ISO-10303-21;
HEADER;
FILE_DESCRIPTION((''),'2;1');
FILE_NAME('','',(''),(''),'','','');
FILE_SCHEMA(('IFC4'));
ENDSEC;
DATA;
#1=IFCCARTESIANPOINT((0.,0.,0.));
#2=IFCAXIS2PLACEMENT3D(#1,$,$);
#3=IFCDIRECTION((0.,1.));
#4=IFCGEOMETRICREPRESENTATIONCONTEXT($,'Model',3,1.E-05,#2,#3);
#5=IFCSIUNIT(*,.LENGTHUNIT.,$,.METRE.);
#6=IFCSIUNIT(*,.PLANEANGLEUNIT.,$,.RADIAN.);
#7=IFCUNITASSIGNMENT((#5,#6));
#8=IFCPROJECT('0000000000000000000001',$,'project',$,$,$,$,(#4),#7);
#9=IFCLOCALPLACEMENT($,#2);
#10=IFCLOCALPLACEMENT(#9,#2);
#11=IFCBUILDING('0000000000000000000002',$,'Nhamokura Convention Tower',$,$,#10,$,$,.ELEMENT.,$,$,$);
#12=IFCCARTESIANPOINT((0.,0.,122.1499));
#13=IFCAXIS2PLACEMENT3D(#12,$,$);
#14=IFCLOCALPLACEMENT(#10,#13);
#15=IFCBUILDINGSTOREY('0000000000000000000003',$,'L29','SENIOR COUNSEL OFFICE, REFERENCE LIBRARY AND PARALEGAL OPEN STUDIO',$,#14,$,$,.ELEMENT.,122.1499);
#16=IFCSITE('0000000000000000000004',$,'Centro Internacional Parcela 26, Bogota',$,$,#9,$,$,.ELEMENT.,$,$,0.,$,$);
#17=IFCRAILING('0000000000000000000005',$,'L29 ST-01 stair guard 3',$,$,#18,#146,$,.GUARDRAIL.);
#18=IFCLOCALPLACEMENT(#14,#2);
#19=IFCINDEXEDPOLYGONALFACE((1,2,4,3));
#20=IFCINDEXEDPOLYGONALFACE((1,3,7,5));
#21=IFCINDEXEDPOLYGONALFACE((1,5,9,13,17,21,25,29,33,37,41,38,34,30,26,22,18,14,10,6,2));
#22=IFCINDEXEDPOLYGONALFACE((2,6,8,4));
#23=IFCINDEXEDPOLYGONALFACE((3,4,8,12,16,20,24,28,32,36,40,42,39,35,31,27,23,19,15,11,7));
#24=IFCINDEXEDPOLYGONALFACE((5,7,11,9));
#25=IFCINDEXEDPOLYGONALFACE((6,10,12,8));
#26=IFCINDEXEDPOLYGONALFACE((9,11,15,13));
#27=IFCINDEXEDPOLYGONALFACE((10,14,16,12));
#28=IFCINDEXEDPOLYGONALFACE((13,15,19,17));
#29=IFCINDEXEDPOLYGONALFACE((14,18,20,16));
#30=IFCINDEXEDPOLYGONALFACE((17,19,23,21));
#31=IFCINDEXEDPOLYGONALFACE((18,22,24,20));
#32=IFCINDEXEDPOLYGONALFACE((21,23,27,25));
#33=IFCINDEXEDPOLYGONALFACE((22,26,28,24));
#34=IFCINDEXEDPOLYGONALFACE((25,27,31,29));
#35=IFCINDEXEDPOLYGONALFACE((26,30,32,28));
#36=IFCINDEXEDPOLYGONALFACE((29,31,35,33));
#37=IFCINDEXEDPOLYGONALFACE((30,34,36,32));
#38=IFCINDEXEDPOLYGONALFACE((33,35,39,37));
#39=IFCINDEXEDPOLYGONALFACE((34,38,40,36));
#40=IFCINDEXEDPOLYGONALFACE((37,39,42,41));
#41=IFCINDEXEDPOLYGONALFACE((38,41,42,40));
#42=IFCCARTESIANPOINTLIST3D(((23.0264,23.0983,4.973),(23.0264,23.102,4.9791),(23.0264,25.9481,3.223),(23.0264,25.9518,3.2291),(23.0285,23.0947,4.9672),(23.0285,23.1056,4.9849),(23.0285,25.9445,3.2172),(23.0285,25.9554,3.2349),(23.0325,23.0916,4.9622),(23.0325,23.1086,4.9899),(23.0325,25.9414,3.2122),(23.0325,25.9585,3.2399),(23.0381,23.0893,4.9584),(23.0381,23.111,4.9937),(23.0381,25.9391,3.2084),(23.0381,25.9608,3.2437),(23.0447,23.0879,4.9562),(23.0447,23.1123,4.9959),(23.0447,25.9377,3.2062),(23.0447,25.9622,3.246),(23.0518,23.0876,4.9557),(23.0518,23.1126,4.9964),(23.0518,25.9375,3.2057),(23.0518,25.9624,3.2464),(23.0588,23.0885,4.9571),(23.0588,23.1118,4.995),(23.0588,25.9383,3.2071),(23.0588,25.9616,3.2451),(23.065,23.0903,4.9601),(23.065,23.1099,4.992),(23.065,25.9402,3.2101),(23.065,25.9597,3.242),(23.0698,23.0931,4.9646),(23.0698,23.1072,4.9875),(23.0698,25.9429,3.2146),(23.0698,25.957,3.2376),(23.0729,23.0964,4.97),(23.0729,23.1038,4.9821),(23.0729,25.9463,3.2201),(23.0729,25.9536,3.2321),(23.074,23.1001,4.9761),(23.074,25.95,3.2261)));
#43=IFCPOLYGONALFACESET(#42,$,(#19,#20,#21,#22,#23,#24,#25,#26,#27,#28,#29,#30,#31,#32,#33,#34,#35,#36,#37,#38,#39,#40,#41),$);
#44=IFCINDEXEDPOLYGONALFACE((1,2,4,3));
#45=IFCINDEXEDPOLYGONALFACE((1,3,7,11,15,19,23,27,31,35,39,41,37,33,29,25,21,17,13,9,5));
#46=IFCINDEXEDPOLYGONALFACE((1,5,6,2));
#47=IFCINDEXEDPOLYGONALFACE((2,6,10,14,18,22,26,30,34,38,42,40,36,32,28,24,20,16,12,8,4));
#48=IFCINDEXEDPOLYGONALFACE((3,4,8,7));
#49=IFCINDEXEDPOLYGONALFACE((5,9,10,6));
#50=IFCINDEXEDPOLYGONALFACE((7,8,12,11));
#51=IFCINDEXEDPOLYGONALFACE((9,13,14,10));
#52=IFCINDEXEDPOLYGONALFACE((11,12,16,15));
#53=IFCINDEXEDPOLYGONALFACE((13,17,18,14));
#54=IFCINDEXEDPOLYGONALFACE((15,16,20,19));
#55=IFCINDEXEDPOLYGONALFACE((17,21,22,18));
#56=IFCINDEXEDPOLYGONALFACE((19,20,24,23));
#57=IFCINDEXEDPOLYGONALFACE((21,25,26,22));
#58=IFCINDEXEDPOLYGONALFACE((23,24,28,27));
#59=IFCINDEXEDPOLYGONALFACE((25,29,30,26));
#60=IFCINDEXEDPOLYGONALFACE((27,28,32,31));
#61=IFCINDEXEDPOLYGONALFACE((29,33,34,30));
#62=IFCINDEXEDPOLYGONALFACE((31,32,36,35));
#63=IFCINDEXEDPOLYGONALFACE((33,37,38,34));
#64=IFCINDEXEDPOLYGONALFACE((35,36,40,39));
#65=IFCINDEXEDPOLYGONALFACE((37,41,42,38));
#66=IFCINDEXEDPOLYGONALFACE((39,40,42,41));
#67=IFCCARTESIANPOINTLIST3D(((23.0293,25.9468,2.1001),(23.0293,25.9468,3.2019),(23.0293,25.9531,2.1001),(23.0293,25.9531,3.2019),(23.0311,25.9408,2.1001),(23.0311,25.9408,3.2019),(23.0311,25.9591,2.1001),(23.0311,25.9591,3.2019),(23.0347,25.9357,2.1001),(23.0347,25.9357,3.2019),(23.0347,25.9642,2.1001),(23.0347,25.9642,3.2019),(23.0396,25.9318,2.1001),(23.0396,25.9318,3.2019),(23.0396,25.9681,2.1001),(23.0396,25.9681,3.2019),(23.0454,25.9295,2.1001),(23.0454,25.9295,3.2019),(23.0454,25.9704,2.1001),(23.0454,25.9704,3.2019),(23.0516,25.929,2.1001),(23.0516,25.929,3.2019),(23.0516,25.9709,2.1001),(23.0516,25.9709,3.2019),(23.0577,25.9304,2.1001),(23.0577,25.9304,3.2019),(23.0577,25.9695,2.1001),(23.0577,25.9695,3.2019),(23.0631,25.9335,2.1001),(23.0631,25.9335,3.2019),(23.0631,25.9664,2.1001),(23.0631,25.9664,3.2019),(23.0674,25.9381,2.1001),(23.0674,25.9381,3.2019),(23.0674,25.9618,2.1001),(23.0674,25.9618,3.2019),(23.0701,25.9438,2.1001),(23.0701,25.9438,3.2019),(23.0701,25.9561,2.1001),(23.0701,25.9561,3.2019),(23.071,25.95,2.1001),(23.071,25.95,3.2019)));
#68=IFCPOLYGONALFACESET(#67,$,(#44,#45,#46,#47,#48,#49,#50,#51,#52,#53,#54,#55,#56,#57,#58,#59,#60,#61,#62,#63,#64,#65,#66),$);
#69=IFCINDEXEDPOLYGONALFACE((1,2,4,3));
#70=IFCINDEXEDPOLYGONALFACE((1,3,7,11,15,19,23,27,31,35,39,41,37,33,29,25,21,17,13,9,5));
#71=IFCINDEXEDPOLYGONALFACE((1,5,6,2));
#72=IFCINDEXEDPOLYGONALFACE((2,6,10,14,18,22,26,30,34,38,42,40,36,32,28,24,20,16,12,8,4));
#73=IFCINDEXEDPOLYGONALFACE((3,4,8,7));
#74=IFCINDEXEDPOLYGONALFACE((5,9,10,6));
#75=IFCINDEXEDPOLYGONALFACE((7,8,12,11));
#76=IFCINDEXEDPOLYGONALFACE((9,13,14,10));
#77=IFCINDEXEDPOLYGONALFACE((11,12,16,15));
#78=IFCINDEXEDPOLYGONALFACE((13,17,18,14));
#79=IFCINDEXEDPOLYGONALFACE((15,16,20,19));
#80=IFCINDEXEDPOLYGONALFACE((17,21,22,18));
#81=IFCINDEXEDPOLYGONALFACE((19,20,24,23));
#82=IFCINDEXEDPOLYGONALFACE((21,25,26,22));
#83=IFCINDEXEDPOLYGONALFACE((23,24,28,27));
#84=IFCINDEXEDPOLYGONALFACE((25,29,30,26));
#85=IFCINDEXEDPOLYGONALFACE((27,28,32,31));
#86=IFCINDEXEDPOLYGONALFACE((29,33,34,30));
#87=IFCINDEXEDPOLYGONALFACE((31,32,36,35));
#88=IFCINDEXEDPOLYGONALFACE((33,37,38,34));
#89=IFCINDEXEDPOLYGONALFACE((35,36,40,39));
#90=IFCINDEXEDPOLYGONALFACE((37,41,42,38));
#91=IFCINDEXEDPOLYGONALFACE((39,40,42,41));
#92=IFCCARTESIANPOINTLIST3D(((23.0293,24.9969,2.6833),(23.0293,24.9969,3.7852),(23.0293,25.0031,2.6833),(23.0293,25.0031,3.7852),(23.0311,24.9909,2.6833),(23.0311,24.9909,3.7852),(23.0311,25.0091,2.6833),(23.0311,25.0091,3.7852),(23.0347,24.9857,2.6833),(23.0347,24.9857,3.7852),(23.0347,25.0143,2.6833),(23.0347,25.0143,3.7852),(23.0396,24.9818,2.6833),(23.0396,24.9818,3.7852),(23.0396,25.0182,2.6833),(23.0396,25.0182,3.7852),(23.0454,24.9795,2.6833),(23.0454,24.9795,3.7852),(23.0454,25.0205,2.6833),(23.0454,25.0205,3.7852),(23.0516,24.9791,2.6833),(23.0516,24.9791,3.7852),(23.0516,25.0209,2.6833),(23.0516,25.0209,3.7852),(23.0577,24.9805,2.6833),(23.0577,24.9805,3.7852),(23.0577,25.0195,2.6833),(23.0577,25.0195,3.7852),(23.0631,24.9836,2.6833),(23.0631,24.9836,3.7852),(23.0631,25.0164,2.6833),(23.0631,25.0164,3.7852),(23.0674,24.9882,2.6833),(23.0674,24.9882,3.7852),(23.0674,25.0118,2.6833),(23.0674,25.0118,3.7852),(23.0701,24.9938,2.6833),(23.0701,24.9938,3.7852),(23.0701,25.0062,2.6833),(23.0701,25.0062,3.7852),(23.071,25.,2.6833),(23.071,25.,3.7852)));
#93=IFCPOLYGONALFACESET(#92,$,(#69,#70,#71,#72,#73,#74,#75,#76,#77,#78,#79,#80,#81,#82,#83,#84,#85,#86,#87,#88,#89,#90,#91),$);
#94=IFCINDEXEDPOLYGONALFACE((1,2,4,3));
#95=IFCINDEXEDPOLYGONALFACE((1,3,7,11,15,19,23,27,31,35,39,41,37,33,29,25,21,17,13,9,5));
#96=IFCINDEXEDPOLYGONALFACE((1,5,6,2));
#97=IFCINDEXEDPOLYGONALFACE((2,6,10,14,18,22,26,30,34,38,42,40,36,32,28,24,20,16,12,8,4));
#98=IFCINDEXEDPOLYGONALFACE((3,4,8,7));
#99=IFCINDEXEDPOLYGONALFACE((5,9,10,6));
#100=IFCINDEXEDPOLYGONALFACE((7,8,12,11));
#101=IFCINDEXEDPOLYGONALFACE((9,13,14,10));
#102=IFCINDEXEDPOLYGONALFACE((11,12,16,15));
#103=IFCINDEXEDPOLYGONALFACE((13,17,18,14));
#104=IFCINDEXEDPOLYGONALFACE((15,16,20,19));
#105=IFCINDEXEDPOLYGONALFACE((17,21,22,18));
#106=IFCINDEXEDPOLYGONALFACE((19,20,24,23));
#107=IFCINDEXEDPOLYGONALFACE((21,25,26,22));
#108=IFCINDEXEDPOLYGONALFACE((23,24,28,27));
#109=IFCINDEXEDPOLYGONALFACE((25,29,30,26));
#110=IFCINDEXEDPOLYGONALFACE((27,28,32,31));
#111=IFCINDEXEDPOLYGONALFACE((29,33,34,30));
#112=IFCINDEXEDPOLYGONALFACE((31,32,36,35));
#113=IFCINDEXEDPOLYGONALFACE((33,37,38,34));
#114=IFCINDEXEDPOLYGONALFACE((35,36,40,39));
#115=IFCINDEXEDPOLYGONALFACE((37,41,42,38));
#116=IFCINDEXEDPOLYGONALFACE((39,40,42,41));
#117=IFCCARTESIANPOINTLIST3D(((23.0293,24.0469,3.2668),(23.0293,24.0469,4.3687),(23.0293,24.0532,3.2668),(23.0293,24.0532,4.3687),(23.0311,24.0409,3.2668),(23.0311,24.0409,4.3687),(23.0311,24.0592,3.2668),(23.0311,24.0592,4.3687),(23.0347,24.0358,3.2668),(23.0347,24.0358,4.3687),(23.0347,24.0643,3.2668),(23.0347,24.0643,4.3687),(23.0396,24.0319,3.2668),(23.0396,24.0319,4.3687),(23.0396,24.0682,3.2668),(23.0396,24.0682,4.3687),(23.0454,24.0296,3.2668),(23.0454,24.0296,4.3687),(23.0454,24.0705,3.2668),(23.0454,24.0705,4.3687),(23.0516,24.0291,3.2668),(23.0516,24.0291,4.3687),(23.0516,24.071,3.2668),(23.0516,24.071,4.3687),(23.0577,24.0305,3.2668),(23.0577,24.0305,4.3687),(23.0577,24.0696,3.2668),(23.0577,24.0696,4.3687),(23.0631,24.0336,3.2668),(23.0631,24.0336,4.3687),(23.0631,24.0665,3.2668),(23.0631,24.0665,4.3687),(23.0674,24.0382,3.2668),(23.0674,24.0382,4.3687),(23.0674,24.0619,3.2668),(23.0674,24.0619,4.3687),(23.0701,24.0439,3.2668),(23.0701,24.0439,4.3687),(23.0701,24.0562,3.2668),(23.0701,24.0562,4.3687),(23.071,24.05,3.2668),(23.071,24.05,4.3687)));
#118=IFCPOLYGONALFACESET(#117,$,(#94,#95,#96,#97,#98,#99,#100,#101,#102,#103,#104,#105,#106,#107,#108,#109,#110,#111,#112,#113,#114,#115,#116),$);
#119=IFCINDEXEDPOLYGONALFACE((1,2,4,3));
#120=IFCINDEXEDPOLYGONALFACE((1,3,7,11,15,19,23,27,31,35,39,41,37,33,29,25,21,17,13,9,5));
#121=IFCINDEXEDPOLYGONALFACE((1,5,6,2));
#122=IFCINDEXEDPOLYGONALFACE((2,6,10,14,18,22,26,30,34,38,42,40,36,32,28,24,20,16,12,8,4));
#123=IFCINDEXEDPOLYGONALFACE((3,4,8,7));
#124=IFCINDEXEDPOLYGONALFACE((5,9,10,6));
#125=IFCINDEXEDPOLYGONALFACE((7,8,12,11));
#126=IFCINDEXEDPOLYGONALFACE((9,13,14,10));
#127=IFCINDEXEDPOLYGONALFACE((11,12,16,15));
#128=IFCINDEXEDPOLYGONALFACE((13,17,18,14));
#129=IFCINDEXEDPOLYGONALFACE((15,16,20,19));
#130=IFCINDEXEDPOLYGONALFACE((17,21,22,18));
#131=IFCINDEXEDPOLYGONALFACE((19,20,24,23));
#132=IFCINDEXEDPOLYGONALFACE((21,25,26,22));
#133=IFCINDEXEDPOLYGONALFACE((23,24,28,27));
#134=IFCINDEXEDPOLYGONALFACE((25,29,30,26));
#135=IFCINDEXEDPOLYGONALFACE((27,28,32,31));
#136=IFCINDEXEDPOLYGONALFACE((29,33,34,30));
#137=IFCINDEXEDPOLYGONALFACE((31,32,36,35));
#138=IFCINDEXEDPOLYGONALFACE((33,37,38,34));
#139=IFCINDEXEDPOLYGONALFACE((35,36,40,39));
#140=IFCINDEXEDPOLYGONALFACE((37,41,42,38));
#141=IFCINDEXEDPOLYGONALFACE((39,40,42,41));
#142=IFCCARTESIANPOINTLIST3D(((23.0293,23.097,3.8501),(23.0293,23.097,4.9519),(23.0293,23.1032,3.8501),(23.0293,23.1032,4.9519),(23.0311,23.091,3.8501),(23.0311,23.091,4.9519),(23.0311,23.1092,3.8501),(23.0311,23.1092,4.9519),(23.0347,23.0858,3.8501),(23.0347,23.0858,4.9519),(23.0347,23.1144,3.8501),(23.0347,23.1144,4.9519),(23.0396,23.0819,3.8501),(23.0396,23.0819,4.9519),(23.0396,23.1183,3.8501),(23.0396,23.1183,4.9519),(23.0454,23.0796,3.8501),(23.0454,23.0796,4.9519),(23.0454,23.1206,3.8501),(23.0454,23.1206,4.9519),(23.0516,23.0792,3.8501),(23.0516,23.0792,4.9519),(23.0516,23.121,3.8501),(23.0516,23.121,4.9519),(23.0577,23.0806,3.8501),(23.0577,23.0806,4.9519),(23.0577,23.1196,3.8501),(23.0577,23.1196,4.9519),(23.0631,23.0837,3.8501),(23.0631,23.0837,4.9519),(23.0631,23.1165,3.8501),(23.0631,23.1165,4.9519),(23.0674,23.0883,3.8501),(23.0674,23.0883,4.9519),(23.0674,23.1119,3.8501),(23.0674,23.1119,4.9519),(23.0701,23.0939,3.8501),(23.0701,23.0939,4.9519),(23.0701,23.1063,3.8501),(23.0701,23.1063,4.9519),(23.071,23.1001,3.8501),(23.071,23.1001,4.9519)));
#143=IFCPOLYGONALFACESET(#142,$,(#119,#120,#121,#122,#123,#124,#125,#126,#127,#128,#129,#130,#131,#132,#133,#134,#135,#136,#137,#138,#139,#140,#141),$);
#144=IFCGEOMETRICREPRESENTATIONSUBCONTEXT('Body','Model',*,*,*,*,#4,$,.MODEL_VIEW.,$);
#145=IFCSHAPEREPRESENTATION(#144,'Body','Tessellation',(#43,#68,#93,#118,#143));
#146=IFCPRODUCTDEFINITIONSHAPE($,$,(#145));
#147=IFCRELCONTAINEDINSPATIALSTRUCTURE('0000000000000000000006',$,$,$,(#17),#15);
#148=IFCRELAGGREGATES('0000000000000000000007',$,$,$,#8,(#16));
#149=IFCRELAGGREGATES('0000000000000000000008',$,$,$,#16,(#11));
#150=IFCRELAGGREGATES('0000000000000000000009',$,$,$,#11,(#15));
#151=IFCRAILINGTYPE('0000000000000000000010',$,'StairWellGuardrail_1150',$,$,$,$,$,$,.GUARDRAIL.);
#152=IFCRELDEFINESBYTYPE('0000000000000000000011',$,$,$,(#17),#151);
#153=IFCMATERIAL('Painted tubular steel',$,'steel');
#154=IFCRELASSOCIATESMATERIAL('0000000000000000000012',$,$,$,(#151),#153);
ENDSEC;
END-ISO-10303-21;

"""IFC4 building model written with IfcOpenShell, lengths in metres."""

from ifc_helpers import new_model, si_unit, direction, frame, origin, origin_2d, place, context, subcontext, project, spatial, circle, extrude, material, type_object, element, save


model = new_model("IFC4")

# Units and contexts
model_context = context("Model", 3, precision=1e-05, world=origin(), true_north=direction((0.0, 1.0)))
body_context = subcontext(model_context, "Body", "Model", "MODEL_VIEW")
ifc_project = project(units=[si_unit("LENGTHUNIT", "METRE"), si_unit("PLANEANGLEUNIT", "RADIAN")], contexts=[model_context])

# Site, building, storey
site_placement = place(None, origin())
site = spatial("IfcSite", under=ifc_project, at=site_placement, Name="Centro Internacional Parcela 26, Bogota", CompositionType="ELEMENT", RefElevation=0.0)
building_placement = place(site_placement, origin())
building = spatial("IfcBuilding", under=site, at=building_placement, Name="Nhamokura Convention Tower", CompositionType="ELEMENT")
storey_placement = place(building_placement, frame((0.0, 0.0, 122.1499)))
storey = spatial("IfcBuildingStorey", under=building, at=storey_placement, Name="L29", Description="SENIOR COUNSEL OFFICE, REFERENCE LIBRARY AND PARALEGAL OPEN STUDIO", CompositionType="ELEMENT", Elevation=122.1499)

# Railing
ifc_material_1 = material(Name="Painted tubular steel", Category="steel")
railing_type_1 = type_object("IfcRailingType", Name="StairWellGuardrail_1150", PredefinedType="GUARDRAIL", material=ifc_material_1)
railing_1_placement = place(storey_placement, frame((23.05, 25.95, 2.1001)))
element("IfcRailing", 1, at=railing_1_placement, inside=storey, type_object=railing_type_1, Name="L29 ST-01 stair guard 3", PredefinedType="GUARDRAIL", context=body_context, shape_type="SweptSolid", body=[
    extrude(circle(Radius=0.0239, at=origin_2d()), frame((0.0, 0.0, 1.126), z_axis=(0.0, -0.852159, 0.523283), x_axis=(1.0, 0.0, 0.0)), (0.0, 0.0, 1.0), 3.3442),
    extrude(circle(Radius=0.021, at=origin_2d()), origin(), (0.0, 0.0, 1.0), 1.1018),
    extrude(circle(Radius=0.021, at=origin_2d()), frame((0.0, -0.95, 0.5833)), (0.0, 0.0, 1.0), 1.1018),
    extrude(circle(Radius=0.021, at=origin_2d()), frame((0.0, -1.8999, 1.1667)), (0.0, 0.0, 1.0), 1.1018),
    extrude(circle(Radius=0.021, at=origin_2d()), frame((0.0, -2.8499, 1.75)), (0.0, 0.0, 1.0), 1.1018),
])

save(model, "model.ifc")
